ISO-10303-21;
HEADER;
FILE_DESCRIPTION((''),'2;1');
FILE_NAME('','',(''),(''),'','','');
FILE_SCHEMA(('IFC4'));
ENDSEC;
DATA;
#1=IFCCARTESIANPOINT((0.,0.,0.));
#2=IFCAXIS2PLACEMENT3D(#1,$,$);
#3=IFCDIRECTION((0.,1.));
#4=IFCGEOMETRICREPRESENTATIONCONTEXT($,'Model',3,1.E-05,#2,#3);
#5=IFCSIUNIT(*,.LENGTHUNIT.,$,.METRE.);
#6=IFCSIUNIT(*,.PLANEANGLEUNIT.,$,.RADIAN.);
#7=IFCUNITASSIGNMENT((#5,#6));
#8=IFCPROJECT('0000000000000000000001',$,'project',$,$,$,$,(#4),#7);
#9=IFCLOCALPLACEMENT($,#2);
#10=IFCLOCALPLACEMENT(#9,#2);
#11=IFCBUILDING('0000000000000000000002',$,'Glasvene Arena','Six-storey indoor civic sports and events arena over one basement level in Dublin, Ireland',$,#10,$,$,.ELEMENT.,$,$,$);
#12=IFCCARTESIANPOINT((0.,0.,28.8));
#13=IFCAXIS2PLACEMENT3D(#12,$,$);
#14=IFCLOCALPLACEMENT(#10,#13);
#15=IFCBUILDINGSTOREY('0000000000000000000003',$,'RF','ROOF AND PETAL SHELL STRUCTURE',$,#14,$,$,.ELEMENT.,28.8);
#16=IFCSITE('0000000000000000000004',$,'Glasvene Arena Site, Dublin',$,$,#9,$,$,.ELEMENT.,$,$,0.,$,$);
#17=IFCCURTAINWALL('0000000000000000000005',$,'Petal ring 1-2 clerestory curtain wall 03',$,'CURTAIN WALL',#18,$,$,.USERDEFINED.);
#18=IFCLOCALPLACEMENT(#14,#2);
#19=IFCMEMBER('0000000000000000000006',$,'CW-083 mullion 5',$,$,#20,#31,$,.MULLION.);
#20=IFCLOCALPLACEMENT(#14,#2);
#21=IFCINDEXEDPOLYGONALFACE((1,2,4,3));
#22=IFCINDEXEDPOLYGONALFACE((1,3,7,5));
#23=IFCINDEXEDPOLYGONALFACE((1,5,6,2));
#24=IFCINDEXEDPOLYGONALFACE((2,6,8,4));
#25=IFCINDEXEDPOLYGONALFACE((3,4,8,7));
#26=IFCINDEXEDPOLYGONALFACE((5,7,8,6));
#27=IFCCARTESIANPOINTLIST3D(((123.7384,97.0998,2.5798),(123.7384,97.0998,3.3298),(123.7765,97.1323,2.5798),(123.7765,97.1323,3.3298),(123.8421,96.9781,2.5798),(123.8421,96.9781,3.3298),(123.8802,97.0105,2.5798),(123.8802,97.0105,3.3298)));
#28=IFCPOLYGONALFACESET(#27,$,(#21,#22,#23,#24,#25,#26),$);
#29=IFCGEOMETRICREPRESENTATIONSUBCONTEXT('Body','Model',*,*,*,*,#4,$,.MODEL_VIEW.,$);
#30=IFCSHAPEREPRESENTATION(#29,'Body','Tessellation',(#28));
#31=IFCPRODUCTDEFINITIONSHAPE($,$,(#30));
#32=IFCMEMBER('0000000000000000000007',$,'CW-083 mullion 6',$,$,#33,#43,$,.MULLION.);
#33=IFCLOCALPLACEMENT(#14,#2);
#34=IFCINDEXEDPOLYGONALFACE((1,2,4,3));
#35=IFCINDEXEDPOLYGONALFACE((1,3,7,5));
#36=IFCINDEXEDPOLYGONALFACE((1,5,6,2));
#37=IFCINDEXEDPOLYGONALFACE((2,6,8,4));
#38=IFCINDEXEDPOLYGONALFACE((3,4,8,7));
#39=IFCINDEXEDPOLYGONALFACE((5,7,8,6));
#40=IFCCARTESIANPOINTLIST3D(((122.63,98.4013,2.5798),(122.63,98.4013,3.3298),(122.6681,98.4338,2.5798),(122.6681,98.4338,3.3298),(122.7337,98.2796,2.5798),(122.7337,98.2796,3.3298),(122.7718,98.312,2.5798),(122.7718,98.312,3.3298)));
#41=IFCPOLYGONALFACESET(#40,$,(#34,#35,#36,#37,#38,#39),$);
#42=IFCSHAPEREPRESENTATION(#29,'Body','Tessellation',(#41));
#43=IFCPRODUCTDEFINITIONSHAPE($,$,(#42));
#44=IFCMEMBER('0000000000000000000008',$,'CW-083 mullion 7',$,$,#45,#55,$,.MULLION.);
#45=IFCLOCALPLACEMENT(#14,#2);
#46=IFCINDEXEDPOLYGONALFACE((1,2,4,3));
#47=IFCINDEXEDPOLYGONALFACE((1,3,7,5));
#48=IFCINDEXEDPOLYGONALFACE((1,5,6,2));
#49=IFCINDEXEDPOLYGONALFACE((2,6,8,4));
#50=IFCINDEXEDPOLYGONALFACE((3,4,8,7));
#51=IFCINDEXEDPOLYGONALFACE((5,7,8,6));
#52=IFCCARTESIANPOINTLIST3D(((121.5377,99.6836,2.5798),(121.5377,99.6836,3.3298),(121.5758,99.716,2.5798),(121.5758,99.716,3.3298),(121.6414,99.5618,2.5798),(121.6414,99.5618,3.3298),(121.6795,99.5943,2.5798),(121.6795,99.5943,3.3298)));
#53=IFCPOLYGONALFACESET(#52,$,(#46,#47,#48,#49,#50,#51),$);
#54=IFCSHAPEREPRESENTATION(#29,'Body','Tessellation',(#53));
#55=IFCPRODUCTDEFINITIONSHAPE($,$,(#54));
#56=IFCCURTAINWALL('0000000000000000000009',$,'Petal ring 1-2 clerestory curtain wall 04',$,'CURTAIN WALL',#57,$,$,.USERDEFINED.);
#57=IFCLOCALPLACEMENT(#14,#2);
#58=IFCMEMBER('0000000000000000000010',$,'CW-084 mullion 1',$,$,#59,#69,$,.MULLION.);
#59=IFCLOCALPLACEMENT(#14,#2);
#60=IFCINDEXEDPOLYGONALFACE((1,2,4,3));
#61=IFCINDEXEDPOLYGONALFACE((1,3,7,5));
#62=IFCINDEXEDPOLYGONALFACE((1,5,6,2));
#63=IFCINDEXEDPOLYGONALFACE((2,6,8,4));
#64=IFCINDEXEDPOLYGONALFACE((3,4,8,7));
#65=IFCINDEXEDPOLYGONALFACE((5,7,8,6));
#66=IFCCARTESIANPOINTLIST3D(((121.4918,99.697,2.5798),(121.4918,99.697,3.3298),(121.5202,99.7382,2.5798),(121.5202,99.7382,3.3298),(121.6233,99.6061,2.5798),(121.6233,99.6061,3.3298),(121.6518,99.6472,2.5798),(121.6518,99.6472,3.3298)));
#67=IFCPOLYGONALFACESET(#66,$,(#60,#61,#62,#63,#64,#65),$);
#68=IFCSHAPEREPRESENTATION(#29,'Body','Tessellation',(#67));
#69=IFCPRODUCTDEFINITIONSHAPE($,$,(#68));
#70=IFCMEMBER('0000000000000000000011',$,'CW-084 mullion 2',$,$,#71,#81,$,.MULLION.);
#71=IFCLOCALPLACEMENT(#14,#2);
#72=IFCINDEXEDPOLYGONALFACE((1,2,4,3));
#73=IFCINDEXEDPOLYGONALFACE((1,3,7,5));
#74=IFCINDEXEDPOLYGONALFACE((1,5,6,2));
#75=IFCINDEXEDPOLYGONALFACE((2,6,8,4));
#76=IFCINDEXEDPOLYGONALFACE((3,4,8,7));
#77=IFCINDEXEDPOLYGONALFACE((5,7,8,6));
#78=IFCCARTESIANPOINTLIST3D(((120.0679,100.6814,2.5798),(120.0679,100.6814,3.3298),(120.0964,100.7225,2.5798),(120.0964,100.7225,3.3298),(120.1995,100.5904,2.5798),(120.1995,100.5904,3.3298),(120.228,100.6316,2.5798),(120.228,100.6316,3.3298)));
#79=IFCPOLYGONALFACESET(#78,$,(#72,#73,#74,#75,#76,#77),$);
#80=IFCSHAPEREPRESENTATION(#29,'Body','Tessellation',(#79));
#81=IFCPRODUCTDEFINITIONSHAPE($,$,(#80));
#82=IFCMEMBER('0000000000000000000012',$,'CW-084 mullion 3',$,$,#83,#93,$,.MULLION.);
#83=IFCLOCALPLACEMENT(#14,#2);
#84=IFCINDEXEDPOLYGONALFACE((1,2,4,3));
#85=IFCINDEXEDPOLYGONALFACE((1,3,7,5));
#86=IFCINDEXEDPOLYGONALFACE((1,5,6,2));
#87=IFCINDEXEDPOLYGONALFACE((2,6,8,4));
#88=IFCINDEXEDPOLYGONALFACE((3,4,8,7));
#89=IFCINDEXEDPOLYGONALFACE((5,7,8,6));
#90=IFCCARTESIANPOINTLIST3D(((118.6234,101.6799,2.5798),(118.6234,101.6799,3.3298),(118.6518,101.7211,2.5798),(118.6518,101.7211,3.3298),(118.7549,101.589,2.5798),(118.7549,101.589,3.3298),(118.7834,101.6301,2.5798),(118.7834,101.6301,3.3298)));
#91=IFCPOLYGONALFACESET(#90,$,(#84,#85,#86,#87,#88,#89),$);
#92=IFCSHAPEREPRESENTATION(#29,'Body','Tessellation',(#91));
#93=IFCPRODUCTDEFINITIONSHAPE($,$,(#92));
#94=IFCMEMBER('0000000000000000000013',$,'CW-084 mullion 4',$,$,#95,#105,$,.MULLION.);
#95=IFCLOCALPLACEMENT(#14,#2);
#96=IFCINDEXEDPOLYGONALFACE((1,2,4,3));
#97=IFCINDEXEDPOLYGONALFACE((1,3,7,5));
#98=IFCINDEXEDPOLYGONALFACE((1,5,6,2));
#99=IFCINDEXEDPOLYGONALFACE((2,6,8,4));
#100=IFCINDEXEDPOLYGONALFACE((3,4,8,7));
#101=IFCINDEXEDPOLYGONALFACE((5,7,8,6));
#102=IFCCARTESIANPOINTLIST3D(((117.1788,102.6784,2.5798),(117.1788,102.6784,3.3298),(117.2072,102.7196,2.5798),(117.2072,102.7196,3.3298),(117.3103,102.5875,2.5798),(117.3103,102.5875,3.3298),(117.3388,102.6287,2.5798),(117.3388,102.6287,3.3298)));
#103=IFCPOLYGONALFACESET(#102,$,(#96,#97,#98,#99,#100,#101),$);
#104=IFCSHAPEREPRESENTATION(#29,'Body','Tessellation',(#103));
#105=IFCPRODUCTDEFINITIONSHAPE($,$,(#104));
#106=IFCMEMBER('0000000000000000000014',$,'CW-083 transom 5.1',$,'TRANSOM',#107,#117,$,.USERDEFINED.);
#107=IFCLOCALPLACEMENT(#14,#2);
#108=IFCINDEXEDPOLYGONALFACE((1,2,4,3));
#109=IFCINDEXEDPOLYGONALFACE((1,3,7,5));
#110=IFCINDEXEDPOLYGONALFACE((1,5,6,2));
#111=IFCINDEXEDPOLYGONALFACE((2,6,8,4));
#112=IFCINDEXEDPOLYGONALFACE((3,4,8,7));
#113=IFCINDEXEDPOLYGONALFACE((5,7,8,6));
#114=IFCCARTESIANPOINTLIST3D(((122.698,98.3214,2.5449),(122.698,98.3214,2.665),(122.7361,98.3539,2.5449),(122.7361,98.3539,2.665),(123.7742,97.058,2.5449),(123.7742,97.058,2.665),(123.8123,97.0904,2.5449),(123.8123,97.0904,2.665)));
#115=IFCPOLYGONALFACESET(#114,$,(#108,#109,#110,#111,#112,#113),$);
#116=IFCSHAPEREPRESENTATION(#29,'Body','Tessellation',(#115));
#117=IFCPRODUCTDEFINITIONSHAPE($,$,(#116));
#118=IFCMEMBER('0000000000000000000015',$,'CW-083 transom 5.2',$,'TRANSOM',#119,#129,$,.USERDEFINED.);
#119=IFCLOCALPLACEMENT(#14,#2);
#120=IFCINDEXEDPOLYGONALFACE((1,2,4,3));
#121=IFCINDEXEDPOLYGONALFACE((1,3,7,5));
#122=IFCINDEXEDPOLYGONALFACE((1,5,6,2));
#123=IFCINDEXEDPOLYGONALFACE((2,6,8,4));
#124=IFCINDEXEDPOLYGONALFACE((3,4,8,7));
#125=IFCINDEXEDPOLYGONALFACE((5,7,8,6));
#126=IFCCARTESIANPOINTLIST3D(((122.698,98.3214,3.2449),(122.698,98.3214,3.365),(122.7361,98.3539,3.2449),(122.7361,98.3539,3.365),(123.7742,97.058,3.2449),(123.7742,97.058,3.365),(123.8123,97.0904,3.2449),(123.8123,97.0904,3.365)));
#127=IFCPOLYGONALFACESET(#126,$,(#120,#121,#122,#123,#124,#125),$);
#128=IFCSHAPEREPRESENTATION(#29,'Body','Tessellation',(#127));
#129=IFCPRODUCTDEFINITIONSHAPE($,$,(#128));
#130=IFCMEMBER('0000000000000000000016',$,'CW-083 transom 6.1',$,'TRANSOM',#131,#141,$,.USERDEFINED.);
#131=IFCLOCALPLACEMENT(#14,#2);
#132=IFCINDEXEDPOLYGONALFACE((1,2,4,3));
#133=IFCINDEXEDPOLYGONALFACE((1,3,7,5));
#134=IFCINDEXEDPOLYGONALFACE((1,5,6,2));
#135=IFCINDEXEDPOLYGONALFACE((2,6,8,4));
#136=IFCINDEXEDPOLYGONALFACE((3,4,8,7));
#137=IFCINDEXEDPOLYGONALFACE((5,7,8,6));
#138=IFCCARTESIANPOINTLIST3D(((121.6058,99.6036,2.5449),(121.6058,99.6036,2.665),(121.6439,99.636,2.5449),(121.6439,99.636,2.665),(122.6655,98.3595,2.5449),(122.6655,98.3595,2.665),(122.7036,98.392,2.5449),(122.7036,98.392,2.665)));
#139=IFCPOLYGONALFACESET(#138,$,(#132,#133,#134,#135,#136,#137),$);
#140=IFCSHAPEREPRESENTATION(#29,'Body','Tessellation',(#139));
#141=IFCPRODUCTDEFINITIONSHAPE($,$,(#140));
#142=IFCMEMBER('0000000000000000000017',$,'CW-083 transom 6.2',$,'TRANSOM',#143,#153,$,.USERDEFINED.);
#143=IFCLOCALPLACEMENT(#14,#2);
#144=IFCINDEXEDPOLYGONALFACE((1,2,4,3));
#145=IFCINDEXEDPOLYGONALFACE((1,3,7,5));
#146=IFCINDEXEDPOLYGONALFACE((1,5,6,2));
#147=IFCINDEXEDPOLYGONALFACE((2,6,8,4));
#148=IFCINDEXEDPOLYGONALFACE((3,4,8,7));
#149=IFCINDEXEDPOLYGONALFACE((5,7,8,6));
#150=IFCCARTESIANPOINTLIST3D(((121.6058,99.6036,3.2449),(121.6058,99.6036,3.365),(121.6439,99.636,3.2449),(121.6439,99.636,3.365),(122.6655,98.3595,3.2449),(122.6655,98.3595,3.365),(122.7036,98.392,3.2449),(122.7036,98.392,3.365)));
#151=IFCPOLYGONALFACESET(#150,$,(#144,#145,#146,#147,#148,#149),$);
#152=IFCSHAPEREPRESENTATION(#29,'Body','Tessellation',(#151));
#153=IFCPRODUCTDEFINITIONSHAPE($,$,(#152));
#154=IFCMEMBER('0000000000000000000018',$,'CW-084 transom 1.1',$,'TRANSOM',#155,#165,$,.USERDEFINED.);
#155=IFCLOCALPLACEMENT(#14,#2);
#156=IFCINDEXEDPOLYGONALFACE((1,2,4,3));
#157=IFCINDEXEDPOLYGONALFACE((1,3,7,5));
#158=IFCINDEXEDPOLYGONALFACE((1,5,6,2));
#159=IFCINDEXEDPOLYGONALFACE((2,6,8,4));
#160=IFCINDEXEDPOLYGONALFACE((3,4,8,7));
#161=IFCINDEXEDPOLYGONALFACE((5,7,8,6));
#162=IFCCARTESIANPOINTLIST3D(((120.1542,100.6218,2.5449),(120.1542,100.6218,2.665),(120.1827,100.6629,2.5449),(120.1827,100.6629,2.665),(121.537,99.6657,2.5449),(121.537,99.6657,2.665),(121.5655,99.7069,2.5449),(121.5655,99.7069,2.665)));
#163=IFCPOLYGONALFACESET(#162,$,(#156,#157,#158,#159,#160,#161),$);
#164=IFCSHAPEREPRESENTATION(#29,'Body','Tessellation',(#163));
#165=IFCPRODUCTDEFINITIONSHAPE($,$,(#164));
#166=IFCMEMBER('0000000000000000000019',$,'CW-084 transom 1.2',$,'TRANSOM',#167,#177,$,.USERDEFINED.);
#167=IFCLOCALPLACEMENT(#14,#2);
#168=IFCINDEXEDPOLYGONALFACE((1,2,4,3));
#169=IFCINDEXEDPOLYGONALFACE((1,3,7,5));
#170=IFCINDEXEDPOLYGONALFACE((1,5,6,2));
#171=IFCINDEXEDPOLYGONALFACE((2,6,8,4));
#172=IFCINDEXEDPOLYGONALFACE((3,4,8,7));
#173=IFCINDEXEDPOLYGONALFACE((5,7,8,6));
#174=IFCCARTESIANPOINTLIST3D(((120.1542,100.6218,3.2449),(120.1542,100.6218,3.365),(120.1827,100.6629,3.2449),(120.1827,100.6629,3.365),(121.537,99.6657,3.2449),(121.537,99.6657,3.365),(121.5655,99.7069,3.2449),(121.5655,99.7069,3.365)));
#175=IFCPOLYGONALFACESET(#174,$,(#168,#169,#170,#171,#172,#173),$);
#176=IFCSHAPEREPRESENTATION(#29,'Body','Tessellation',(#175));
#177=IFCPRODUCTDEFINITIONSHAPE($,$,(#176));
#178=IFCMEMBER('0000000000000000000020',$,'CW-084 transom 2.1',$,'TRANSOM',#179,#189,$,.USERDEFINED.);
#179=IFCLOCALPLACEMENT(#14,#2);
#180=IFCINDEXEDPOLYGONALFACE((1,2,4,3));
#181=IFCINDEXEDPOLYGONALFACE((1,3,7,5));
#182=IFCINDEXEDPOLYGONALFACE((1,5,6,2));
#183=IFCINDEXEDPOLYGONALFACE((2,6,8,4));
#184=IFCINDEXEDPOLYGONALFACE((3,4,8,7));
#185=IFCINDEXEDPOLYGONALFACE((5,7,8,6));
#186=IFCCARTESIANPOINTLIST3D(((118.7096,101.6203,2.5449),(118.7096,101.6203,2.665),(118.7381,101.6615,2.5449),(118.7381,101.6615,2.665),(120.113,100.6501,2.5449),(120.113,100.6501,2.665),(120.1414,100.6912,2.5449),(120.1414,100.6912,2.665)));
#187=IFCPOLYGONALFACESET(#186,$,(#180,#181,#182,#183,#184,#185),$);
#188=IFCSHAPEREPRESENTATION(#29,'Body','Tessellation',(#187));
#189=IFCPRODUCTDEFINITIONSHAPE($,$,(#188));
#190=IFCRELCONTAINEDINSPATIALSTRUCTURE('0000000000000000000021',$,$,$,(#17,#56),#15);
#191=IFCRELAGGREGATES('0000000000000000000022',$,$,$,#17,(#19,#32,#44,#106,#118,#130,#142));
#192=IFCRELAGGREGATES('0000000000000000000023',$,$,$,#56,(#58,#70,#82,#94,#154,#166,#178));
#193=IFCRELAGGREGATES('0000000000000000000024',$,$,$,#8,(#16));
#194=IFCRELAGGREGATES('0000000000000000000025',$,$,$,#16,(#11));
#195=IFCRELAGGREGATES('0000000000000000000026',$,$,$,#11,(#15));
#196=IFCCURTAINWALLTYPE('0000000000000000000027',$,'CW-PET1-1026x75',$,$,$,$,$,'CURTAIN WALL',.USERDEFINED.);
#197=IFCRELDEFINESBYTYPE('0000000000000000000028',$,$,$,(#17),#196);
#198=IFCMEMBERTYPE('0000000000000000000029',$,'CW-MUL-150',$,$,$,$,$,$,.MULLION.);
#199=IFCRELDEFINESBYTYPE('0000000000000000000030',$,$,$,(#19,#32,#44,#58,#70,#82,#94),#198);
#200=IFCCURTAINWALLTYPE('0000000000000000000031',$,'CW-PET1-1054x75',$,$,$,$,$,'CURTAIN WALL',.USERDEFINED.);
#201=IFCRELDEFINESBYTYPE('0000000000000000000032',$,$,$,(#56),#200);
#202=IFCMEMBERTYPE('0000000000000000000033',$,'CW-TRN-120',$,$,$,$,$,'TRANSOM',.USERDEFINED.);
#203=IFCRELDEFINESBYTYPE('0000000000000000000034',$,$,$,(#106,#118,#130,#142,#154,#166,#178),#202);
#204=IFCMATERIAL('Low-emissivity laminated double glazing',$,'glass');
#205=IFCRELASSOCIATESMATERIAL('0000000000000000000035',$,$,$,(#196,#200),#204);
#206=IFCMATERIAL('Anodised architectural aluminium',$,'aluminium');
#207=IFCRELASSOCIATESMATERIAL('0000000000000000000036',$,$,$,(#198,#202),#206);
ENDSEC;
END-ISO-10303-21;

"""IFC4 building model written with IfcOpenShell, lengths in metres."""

from ifc_helpers import new_model, si_unit, direction, frame, origin, origin_2d, place, context, subcontext, project, spatial, rectangle, extrude, material, material_profile, profile_set, type_object, element, aggregate, save


model = new_model("IFC4")

# Units and contexts
model_context = context("Model", 3, precision=1e-05, world=origin(), true_north=direction((0.0, 1.0)))
body_context = subcontext(model_context, "Body", "Model", "MODEL_VIEW")
ifc_project = project(units=[si_unit("LENGTHUNIT", "METRE"), si_unit("PLANEANGLEUNIT", "RADIAN")], contexts=[model_context])

# Site, building, storey
site_placement = place(None, origin())
site = spatial("IfcSite", under=ifc_project, at=site_placement, Name="Glasvene Arena Site, Dublin", CompositionType="ELEMENT", RefElevation=0.0)
building_placement = place(site_placement, origin())
building = spatial("IfcBuilding", under=site, at=building_placement, Name="Glasvene Arena", Description="Six-storey indoor civic sports and events arena over one basement level in Dublin, Ireland", CompositionType="ELEMENT")
storey_placement = place(building_placement, frame((0.0, 0.0, 28.8)))
storey = spatial("IfcBuildingStorey", under=building, at=storey_placement, Name="RF", Description="ROOF AND PETAL SHELL STRUCTURE", CompositionType="ELEMENT", Elevation=28.8)

# Curtain walls, members
ifc_material_1 = material(Name="Low-emissivity laminated double glazing", Category="glass")
curtain_wall_type_1 = type_object("IfcCurtainWallType", Name="CW-PET1-1026x75", ElementType="CURTAIN WALL", PredefinedType="USERDEFINED", material=ifc_material_1)
curtain_wall_1_placement = place(storey_placement, frame((128.2432, 91.8501, 0.0)))
curtain_wall_1 = element("IfcCurtainWall", 1, at=curtain_wall_1_placement, inside=storey, type_object=curtain_wall_type_1, Name="Petal ring 1-2 clerestory curtain wall 03", ObjectType="CURTAIN WALL", PredefinedType="USERDEFINED")
ifc_material_2 = material(Name="Anodised architectural aluminium", Category="aluminium")
ifc_material_profile_1 = material_profile(ifc_material_2, rectangle(XDim=0.05, YDim=0.1599, at=origin_2d()), Name="ALU MULLION 50x160")
ifc_profile_set_1 = profile_set([ifc_material_profile_1], Name="Anodised architectural aluminium")
member_type_1 = type_object("IfcMemberType", Name="CW-MUL-150", PredefinedType="MULLION", material=ifc_profile_set_1)
member_1_placement = place(storey_placement, frame((123.8093, 97.0552, 2.5798), z_axis=(0.0, 0.0, 1.0), x_axis=(-0.761261, -0.648445, 0.0)))
member_1 = element("IfcMember", 2, at=member_1_placement, type_object=member_type_1, Name="CW-083 mullion 5", PredefinedType="MULLION", context=body_context, shape_type="SweptSolid", body=[
    extrude(rectangle(XDim=0.05, YDim=0.1599, at=origin_2d()), origin(), (0.0, 0.0, 1.0), 0.75),
])
member_2_placement = place(storey_placement, frame((122.7009, 98.3567, 2.5798), z_axis=(0.0, 0.0, 1.0), x_axis=(-0.761261, -0.648445, 0.0)))
member_2 = element("IfcMember", 3, at=member_2_placement, type_object=member_type_1, Name="CW-083 mullion 6", PredefinedType="MULLION", context=body_context, shape_type="SweptSolid", body=[
    extrude(rectangle(XDim=0.05, YDim=0.1599, at=origin_2d()), origin(), (0.0, 0.0, 1.0), 0.75),
])
member_3_placement = place(storey_placement, frame((121.6086, 99.6389, 2.5798), z_axis=(0.0, 0.0, 1.0), x_axis=(-0.761261, -0.648445, 0.0)))
member_3 = element("IfcMember", 4, at=member_3_placement, type_object=member_type_1, Name="CW-083 mullion 7", PredefinedType="MULLION", context=body_context, shape_type="SweptSolid", body=[
    extrude(rectangle(XDim=0.05, YDim=0.1599, at=origin_2d()), origin(), (0.0, 0.0, 1.0), 0.75),
])
curtain_wall_type_2 = type_object("IfcCurtainWallType", Name="CW-PET1-1054x75", ElementType="CURTAIN WALL", PredefinedType="USERDEFINED", material=ifc_material_1)
curtain_wall_2_placement = place(storey_placement, frame((121.5923, 99.658, 0.0)))
curtain_wall_2 = element("IfcCurtainWall", 5, at=curtain_wall_2_placement, inside=storey, type_object=curtain_wall_type_2, Name="Petal ring 1-2 clerestory curtain wall 04", ObjectType="CURTAIN WALL", PredefinedType="USERDEFINED")
member_4_placement = place(storey_placement, frame((121.5718, 99.6721, 2.5798), z_axis=(0.0, 0.0, 1.0), x_axis=(-0.568619, -0.822601, 0.0)))
member_4 = element("IfcMember", 6, at=member_4_placement, type_object=member_type_1, Name="CW-084 mullion 1", PredefinedType="MULLION", context=body_context, shape_type="SweptSolid", body=[
    extrude(rectangle(XDim=0.05, YDim=0.1599, at=origin_2d()), origin(), (0.0, 0.0, 1.0), 0.75),
])
member_5_placement = place(storey_placement, frame((120.1479, 100.6565, 2.5798), z_axis=(0.0, 0.0, 1.0), x_axis=(-0.568619, -0.822601, 0.0)))
member_5 = element("IfcMember", 7, at=member_5_placement, type_object=member_type_1, Name="CW-084 mullion 2", PredefinedType="MULLION", context=body_context, shape_type="SweptSolid", body=[
    extrude(rectangle(XDim=0.05, YDim=0.1599, at=origin_2d()), origin(), (0.0, 0.0, 1.0), 0.75),
])
member_6_placement = place(storey_placement, frame((118.7034, 101.655, 2.5798), z_axis=(0.0, 0.0, 1.0), x_axis=(-0.568619, -0.822601, 0.0)))
member_6 = element("IfcMember", 8, at=member_6_placement, type_object=member_type_1, Name="CW-084 mullion 3", PredefinedType="MULLION", context=body_context, shape_type="SweptSolid", body=[
    extrude(rectangle(XDim=0.05, YDim=0.1599, at=origin_2d()), origin(), (0.0, 0.0, 1.0), 0.75),
])
member_7_placement = place(storey_placement, frame((117.2588, 102.6536, 2.5798), z_axis=(0.0, 0.0, 1.0), x_axis=(-0.568619, -0.822601, 0.0)))
member_7 = element("IfcMember", 9, at=member_7_placement, type_object=member_type_1, Name="CW-084 mullion 4", PredefinedType="MULLION", context=body_context, shape_type="SweptSolid", body=[
    extrude(rectangle(XDim=0.05, YDim=0.1599, at=origin_2d()), origin(), (0.0, 0.0, 1.0), 0.75),
])

# Members
ifc_material_profile_2 = material_profile(ifc_material_2, rectangle(XDim=0.05, YDim=0.1201, at=origin_2d()), Name="ALU TRANSOM 50x120")
ifc_profile_set_2 = profile_set([ifc_material_profile_2], Name="Anodised architectural aluminium")
member_type_2 = type_object("IfcMemberType", Name="CW-TRN-120", ElementType="TRANSOM", PredefinedType="USERDEFINED", material=ifc_profile_set_2)
member_8_placement = place(storey_placement, frame((123.7932, 97.0742, 2.605), z_axis=(-0.648438, 0.761267, 0.0), x_axis=(-0.761267, -0.648438, 0.0)))
member_8 = element("IfcMember", 10, at=member_8_placement, type_object=member_type_2, Name="CW-083 transom 5.1", ObjectType="TRANSOM", PredefinedType="USERDEFINED", context=body_context, shape_type="SweptSolid", body=[
    extrude(rectangle(XDim=0.05, YDim=0.1201, at=origin_2d()), origin(), (0.0, 0.0, 1.0), 1.6597),
])
member_9_placement = place(storey_placement, frame((123.7932, 97.0742, 3.3049), z_axis=(-0.648438, 0.761267, 0.0), x_axis=(-0.761267, -0.648438, 0.0)))
member_9 = element("IfcMember", 11, at=member_9_placement, type_object=member_type_2, Name="CW-083 transom 5.2", ObjectType="TRANSOM", PredefinedType="USERDEFINED", context=body_context, shape_type="SweptSolid", body=[
    extrude(rectangle(XDim=0.05, YDim=0.1201, at=origin_2d()), origin(), (0.0, 0.0, 1.0), 1.6597),
])
member_10_placement = place(storey_placement, frame((122.6846, 98.3757, 2.605), z_axis=(-0.648463, 0.761246, 0.0), x_axis=(-0.761246, -0.648463, 0.0)))
member_10 = element("IfcMember", 12, at=member_10_placement, type_object=member_type_2, Name="CW-083 transom 6.1", ObjectType="TRANSOM", PredefinedType="USERDEFINED", context=body_context, shape_type="SweptSolid", body=[
    extrude(rectangle(XDim=0.05, YDim=0.1201, at=origin_2d()), origin(), (0.0, 0.0, 1.0), 1.6343),
])
member_11_placement = place(storey_placement, frame((122.6846, 98.3757, 3.3049), z_axis=(-0.648463, 0.761246, 0.0), x_axis=(-0.761246, -0.648463, 0.0)))
member_11 = element("IfcMember", 13, at=member_11_placement, type_object=member_type_2, Name="CW-083 transom 6.2", ObjectType="TRANSOM", PredefinedType="USERDEFINED", context=body_context, shape_type="SweptSolid", body=[
    extrude(rectangle(XDim=0.05, YDim=0.1201, at=origin_2d()), origin(), (0.0, 0.0, 1.0), 1.6343),
])
member_12_placement = place(storey_placement, frame((121.5513, 99.6863, 2.605), z_axis=(-0.822548, 0.568696, 0.0), x_axis=(-0.568696, -0.822548, 0.0)))
member_12 = element("IfcMember", 14, at=member_12_placement, type_object=member_type_2, Name="CW-084 transom 1.1", ObjectType="TRANSOM", PredefinedType="USERDEFINED", context=body_context, shape_type="SweptSolid", body=[
    extrude(rectangle(XDim=0.05, YDim=0.1201, at=origin_2d()), origin(), (0.0, 0.0, 1.0), 1.6812),
])
member_13_placement = place(storey_placement, frame((121.5513, 99.6863, 3.3049), z_axis=(-0.822548, 0.568696, 0.0), x_axis=(-0.568696, -0.822548, 0.0)))
member_13 = element("IfcMember", 15, at=member_13_placement, type_object=member_type_2, Name="CW-084 transom 1.2", ObjectType="TRANSOM", PredefinedType="USERDEFINED", context=body_context, shape_type="SweptSolid", body=[
    extrude(rectangle(XDim=0.05, YDim=0.1201, at=origin_2d()), origin(), (0.0, 0.0, 1.0), 1.6812),
])
member_14_placement = place(storey_placement, frame((120.1272, 100.6707, 2.605), z_axis=(-0.822553, 0.568689, 0.0), x_axis=(-0.568689, -0.822553, 0.0)))
member_14 = element("IfcMember", 16, at=member_14_placement, type_object=member_type_2, Name="CW-084 transom 2.1", ObjectType="TRANSOM", PredefinedType="USERDEFINED", context=body_context, shape_type="SweptSolid", body=[
    extrude(rectangle(XDim=0.05, YDim=0.1201, at=origin_2d()), origin(), (0.0, 0.0, 1.0), 1.7061),
])

aggregate(curtain_wall_1, [member_1, member_2, member_3, member_8, member_9, member_10, member_11])
aggregate(curtain_wall_2, [member_4, member_5, member_6, member_7, member_12, member_13, member_14])

save(model, "model.ifc")
